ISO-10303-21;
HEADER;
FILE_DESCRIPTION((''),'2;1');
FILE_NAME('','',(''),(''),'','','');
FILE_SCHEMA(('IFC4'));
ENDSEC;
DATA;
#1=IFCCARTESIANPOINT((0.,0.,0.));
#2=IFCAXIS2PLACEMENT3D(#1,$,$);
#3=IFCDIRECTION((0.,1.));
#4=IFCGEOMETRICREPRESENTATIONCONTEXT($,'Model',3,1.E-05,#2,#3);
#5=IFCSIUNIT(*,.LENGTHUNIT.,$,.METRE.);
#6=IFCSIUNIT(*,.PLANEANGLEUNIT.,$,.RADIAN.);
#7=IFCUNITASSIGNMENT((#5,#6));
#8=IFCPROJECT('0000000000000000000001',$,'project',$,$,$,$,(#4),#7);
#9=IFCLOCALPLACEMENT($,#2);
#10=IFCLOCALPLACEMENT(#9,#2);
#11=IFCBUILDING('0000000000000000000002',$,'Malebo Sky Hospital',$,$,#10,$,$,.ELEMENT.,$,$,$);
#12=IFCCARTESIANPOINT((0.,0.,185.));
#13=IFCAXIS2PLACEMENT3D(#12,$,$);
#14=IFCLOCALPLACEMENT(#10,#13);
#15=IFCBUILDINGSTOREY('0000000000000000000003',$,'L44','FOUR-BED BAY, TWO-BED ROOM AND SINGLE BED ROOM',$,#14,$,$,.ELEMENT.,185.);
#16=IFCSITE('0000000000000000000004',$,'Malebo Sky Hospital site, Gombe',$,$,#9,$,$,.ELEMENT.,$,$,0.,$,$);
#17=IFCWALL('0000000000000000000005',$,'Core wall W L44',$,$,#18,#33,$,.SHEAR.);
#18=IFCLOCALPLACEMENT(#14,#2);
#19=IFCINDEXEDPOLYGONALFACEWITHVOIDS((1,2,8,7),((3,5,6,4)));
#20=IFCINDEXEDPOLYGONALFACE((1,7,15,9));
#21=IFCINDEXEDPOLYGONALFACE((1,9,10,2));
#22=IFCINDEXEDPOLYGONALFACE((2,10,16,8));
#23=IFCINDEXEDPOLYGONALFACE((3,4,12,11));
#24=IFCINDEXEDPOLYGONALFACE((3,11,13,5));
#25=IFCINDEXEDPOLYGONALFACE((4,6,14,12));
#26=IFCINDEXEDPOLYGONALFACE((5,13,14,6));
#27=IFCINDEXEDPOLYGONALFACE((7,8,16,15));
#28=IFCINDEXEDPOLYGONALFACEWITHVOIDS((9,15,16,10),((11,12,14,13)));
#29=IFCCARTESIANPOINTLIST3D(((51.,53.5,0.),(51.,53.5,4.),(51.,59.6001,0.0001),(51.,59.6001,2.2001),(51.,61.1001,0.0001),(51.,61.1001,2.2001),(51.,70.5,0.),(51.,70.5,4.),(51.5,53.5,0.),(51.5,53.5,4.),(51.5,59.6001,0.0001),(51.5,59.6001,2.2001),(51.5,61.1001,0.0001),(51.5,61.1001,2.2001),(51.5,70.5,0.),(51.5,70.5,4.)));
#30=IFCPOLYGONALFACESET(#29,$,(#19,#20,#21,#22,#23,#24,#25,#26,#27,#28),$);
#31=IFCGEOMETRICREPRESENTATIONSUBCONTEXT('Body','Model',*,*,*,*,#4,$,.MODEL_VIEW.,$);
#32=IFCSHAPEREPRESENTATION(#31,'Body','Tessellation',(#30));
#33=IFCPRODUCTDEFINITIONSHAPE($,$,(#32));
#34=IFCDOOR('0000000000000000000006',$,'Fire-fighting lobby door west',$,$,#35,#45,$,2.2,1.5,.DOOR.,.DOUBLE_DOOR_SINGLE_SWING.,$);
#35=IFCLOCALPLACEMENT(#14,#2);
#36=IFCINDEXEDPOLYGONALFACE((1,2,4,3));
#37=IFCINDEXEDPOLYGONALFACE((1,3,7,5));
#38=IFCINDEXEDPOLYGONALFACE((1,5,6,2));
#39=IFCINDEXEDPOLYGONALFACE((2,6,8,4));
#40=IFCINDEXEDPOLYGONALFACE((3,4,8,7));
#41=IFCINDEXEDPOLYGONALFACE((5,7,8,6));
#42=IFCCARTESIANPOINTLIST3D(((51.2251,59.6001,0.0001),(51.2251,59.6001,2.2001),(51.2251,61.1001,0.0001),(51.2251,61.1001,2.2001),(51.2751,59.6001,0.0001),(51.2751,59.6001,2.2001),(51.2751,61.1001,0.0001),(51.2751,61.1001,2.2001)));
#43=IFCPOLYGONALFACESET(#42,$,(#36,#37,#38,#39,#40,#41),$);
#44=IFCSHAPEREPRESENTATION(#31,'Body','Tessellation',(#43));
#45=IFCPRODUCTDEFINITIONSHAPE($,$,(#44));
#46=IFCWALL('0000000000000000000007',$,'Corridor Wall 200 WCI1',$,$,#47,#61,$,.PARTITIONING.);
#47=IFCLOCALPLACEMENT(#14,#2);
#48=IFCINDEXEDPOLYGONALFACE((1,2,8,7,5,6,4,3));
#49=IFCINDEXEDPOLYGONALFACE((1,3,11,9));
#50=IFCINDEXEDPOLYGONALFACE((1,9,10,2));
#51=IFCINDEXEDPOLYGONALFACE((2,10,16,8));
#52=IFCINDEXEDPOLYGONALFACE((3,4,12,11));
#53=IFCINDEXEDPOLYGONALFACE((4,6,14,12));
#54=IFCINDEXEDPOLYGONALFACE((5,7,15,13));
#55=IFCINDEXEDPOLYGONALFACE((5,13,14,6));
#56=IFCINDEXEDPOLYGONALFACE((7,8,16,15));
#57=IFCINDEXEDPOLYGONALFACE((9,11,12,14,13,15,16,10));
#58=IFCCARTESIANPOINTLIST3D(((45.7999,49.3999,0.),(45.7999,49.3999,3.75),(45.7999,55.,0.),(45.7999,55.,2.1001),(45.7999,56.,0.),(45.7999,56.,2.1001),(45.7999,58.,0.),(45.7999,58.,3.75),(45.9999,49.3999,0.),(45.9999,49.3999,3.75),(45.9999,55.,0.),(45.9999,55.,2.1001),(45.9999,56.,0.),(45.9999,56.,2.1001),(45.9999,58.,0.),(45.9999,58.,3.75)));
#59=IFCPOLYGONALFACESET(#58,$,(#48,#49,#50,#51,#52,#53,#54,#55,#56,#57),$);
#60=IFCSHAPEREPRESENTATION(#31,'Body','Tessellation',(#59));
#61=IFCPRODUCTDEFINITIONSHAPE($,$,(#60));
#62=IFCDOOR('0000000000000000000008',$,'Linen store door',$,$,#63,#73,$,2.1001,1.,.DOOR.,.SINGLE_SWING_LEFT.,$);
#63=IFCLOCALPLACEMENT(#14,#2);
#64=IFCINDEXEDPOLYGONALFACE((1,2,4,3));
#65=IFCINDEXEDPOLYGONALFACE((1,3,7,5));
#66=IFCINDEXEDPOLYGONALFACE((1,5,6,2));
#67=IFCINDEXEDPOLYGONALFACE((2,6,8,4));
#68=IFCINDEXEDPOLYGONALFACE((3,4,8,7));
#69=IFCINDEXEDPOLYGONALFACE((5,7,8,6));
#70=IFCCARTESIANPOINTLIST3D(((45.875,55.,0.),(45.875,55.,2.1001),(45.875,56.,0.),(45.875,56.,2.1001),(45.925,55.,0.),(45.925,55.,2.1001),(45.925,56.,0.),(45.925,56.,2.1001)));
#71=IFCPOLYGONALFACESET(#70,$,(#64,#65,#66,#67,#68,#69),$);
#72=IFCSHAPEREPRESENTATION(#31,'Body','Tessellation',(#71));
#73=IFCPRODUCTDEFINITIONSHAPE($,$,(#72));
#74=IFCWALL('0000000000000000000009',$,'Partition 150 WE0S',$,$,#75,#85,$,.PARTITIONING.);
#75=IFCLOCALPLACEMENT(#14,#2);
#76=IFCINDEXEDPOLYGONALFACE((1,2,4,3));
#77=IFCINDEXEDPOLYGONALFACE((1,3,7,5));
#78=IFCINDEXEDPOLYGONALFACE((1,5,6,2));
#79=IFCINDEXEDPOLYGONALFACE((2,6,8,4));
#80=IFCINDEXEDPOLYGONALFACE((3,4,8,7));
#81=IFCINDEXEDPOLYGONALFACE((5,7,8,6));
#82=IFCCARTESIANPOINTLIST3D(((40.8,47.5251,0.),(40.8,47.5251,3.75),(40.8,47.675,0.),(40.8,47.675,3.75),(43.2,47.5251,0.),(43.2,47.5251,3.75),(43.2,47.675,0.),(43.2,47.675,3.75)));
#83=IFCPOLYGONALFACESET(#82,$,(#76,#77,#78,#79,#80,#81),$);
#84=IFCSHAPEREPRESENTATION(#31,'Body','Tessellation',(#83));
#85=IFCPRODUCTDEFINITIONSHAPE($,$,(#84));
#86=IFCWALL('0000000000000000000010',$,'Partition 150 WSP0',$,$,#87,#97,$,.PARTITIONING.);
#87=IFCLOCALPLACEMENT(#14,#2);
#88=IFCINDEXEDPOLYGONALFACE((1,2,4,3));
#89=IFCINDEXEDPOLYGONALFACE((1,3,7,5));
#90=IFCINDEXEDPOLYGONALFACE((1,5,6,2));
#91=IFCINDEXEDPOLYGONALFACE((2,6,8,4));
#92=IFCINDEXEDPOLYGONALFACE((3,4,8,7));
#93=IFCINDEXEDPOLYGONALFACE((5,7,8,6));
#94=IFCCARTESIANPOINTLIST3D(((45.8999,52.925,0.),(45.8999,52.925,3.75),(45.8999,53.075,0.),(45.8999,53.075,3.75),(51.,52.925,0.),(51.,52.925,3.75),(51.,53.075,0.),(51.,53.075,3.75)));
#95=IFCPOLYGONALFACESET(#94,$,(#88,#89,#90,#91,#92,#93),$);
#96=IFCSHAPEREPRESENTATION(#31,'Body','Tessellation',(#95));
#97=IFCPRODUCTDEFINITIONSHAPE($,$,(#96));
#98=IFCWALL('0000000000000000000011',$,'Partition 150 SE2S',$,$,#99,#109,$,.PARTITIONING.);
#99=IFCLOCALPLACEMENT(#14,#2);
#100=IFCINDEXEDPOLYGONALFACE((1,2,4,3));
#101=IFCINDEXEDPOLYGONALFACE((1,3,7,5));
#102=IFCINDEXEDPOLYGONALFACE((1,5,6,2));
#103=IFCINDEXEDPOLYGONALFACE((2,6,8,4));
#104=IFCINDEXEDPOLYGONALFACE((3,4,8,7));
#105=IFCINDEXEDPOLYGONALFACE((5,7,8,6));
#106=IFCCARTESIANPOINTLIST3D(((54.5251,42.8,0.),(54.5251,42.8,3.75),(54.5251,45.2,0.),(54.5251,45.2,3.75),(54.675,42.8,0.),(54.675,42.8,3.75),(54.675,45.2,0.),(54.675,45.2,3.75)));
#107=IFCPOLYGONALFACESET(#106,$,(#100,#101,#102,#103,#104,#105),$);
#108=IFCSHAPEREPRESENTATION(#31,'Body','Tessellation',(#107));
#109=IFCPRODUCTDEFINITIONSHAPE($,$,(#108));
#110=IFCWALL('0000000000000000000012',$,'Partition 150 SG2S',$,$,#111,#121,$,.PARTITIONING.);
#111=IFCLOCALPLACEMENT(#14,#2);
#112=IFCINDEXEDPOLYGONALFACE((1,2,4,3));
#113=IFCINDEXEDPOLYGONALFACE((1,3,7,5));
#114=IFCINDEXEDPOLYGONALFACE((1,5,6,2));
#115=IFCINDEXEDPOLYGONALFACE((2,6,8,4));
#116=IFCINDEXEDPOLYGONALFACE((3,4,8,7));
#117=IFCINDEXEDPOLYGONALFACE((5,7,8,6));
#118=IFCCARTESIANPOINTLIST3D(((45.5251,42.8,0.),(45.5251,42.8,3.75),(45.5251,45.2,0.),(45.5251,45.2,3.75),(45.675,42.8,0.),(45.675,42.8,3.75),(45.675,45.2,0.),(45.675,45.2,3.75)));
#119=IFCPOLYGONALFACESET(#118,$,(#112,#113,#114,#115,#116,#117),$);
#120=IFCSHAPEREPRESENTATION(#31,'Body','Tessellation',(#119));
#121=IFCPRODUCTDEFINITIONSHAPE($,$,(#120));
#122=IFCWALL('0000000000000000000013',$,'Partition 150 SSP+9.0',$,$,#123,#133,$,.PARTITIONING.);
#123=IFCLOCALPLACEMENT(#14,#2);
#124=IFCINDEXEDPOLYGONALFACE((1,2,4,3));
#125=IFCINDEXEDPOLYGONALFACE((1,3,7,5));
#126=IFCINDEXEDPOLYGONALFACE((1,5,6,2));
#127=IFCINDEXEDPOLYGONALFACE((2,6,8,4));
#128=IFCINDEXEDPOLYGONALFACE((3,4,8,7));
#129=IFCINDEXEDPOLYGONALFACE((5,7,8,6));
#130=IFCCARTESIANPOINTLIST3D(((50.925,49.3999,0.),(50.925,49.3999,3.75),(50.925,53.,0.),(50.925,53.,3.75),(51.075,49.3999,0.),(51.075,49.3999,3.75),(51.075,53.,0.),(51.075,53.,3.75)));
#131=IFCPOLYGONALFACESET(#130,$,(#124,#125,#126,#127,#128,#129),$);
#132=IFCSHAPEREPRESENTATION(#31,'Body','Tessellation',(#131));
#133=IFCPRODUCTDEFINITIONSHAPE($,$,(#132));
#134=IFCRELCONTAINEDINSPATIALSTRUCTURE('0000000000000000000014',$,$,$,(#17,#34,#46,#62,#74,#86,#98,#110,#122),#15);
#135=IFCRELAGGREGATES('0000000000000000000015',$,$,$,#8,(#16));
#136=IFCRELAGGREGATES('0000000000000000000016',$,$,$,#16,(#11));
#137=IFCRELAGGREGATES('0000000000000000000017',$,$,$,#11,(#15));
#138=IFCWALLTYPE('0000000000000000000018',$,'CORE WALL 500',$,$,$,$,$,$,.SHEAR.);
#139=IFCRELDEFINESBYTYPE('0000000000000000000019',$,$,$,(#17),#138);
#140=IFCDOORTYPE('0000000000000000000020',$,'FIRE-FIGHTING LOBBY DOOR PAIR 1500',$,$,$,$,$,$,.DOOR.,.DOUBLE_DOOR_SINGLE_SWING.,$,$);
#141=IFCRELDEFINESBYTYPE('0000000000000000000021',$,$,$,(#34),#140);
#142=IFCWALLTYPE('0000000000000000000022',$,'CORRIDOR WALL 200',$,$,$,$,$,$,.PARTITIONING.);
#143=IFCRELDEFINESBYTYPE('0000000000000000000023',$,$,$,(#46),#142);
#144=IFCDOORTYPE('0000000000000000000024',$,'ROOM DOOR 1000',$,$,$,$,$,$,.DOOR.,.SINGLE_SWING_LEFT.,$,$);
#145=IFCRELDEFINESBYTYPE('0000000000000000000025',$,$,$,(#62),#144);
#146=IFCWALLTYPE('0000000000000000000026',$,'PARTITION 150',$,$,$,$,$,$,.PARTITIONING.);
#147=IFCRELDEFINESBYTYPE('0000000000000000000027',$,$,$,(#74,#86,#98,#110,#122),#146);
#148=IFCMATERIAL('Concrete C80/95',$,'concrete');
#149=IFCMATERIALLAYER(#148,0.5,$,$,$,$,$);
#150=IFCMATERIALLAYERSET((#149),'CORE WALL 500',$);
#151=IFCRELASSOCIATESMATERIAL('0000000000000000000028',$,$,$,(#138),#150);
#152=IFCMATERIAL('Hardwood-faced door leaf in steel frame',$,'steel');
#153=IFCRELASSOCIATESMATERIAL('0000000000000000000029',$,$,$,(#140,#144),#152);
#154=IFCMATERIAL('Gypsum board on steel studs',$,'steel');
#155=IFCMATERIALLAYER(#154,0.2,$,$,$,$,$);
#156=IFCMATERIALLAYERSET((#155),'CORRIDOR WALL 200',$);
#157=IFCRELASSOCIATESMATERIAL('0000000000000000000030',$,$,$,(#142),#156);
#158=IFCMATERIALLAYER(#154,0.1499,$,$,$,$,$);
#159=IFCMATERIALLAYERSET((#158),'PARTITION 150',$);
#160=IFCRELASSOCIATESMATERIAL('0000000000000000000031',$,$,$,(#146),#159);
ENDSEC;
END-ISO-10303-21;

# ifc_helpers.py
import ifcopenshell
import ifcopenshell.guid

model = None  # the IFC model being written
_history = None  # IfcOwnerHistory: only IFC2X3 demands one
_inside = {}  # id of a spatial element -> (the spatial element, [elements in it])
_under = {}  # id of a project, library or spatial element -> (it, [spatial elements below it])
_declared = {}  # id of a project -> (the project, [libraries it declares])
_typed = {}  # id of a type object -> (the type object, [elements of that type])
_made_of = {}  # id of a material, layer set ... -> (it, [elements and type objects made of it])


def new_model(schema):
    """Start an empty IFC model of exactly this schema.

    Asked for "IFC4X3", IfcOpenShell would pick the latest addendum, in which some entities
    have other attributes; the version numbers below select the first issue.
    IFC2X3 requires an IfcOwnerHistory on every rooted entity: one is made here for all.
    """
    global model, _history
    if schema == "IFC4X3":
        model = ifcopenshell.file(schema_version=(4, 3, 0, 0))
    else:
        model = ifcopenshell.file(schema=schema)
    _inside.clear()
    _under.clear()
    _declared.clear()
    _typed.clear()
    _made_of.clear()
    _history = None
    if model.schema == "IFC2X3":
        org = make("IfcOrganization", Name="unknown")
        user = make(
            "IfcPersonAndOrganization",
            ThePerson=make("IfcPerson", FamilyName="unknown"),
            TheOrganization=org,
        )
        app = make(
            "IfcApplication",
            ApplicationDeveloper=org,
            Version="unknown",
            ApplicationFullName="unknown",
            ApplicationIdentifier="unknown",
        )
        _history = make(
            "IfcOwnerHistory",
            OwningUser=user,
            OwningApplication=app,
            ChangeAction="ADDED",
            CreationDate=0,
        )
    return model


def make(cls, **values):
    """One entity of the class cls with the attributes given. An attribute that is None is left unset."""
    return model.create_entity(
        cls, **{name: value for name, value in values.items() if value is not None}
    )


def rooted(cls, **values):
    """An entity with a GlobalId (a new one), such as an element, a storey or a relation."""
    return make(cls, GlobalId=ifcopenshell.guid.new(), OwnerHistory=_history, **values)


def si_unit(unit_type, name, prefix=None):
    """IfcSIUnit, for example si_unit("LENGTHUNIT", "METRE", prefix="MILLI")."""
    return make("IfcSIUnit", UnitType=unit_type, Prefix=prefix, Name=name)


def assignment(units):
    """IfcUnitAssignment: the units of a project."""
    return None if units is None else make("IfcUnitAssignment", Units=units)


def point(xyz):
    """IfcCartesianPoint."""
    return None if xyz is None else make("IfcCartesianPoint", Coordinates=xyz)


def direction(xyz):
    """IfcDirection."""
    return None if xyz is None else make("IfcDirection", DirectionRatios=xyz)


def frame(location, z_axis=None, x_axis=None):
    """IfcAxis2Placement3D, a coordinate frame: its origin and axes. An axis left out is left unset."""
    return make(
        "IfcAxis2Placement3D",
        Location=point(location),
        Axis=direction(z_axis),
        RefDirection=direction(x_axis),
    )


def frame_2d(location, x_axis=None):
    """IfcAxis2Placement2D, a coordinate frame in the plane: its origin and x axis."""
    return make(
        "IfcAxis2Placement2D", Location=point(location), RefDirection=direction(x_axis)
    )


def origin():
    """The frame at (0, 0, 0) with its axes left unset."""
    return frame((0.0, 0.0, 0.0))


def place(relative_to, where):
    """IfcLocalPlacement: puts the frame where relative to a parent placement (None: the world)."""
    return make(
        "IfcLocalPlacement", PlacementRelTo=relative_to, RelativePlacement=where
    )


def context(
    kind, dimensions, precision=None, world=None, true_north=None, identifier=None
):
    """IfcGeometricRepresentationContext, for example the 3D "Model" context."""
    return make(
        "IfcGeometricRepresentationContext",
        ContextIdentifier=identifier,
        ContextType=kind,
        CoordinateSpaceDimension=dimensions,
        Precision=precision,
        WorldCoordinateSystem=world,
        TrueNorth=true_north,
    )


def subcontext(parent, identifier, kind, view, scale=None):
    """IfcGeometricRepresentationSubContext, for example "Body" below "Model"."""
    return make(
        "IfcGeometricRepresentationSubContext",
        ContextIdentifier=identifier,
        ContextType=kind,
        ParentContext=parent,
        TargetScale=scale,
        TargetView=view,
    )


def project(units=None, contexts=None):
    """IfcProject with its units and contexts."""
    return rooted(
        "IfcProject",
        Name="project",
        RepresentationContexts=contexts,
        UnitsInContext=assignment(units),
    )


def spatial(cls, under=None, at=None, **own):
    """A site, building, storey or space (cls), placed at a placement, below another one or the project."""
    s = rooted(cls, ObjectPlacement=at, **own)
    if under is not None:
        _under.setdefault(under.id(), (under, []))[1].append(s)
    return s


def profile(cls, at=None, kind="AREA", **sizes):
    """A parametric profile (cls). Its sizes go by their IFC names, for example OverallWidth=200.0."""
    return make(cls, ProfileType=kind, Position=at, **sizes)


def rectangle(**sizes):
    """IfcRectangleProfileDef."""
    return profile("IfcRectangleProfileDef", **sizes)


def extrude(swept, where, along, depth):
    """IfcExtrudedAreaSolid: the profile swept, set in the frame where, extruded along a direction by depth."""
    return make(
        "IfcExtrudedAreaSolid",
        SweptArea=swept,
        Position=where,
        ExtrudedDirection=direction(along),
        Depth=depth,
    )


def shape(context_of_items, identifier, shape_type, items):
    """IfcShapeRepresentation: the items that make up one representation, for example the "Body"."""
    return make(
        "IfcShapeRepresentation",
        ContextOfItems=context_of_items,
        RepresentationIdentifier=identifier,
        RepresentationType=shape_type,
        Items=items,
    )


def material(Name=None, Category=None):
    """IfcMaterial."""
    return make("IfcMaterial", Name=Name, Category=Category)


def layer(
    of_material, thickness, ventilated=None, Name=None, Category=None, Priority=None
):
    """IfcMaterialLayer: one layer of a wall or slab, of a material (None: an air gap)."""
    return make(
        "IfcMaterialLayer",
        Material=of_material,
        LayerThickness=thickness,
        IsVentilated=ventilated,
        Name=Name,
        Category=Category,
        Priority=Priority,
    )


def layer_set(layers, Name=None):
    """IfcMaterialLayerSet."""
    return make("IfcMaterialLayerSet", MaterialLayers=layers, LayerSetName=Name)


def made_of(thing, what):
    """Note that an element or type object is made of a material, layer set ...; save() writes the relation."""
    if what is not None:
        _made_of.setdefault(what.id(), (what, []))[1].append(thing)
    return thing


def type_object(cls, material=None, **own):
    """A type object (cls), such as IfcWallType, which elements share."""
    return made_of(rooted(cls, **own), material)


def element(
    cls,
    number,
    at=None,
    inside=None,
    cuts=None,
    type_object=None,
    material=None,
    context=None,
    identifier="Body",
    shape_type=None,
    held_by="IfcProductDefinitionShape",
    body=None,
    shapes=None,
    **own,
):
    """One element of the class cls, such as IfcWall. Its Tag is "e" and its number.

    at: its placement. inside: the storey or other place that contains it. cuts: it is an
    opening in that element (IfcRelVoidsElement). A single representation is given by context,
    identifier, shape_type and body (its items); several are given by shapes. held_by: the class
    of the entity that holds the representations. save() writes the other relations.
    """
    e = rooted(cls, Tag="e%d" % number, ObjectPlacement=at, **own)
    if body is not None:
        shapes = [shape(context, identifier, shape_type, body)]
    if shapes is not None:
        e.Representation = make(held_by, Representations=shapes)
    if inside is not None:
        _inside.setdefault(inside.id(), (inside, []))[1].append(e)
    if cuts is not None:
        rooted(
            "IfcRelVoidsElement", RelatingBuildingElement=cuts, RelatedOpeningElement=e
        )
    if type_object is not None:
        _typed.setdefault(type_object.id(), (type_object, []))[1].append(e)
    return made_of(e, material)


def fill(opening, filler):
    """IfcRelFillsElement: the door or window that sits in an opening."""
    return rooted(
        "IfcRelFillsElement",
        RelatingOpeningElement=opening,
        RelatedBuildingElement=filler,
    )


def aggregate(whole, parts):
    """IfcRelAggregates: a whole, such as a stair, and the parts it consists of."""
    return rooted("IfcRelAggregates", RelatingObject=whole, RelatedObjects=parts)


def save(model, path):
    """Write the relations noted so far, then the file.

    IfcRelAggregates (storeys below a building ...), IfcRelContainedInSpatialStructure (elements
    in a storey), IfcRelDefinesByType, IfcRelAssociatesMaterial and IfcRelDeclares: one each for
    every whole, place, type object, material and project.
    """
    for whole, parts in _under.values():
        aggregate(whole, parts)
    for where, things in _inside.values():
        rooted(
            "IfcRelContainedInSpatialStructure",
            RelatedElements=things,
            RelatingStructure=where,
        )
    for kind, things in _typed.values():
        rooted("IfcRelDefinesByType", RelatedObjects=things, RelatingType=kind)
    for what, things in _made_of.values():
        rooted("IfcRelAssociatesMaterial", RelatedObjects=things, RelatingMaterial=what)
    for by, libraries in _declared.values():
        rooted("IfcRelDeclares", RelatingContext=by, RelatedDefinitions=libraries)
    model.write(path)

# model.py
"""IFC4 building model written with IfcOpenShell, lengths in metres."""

from ifc_helpers import new_model, si_unit, direction, frame, frame_2d, origin, place, context, subcontext, project, spatial, rectangle, extrude, material, layer, layer_set, type_object, element, fill, save


model = new_model("IFC4")

# Units and contexts
model_context = context("Model", 3, precision=1e-05, world=origin(), true_north=direction((0.0, 1.0)))
body_context = subcontext(model_context, "Body", "Model", "MODEL_VIEW")
ifc_project = project(units=[si_unit("LENGTHUNIT", "METRE"), si_unit("PLANEANGLEUNIT", "RADIAN")], contexts=[model_context])

# Site, building, storey
site_placement = place(None, origin())
site = spatial("IfcSite", under=ifc_project, at=site_placement, Name="Malebo Sky Hospital site, Gombe", CompositionType="ELEMENT", RefElevation=0.0)
building_placement = place(site_placement, origin())
building = spatial("IfcBuilding", under=site, at=building_placement, Name="Malebo Sky Hospital", CompositionType="ELEMENT")
storey_placement = place(building_placement, frame((0.0, 0.0, 185.0)))
storey = spatial("IfcBuildingStorey", under=building, at=storey_placement, Name="L44", Description="FOUR-BED BAY, TWO-BED ROOM AND SINGLE BED ROOM", CompositionType="ELEMENT", Elevation=185.0)

# Walls, openings, doors
ifc_material_1 = material(Name="Concrete C80/95", Category="concrete")
ifc_layer_1 = layer(ifc_material_1, 0.5)
ifc_layer_set_1 = layer_set([ifc_layer_1], Name="CORE WALL 500")
wall_type_1 = type_object("IfcWallType", Name="CORE WALL 500", PredefinedType="SHEAR", material=ifc_layer_set_1)
ifc_material_2 = material(Name="Hardwood-faced door leaf in steel frame", Category="steel")
wall_1_placement = place(storey_placement, frame((51.25, 53.5, 0.0), z_axis=(0.0, 0.0, 1.0), x_axis=(0.0, 1.0, 0.0)))
wall_1 = element("IfcWall", 1, at=wall_1_placement, inside=storey, type_object=wall_type_1, Name="Core wall W L44", PredefinedType="SHEAR", context=body_context, shape_type="SweptSolid", body=[
    extrude(rectangle(XDim=17.0, YDim=0.5, at=frame_2d((8.5, 0.0))), origin(), (0.0, 0.0, 1.0), 4.0),
])
opening_1_placement = place(wall_1_placement, frame((6.1001, 0.0, 0.0)))
opening_1 = element("IfcOpeningElement", 2, at=opening_1_placement, cuts=wall_1, PredefinedType="OPENING", context=body_context, shape_type="SweptSolid", body=[
    extrude(rectangle(XDim=1.5, YDim=2.2, at=frame_2d((0.75, 1.1001))), frame((0.0, 0.26, 0.0), z_axis=(0.0, -1.0, 0.0), x_axis=(1.0, 0.0, 0.0)), (0.0, 0.0, 1.0), 0.52),
])
door_type_1 = type_object("IfcDoorType", Name="FIRE-FIGHTING LOBBY DOOR PAIR 1500", OperationType="DOUBLE_DOOR_SINGLE_SWING", PredefinedType="DOOR", material=ifc_material_2)
door_1_placement = place(opening_1_placement, origin())
door_1 = element("IfcDoor", 3, at=door_1_placement, inside=storey, type_object=door_type_1, Name="Fire-fighting lobby door west", OperationType="DOUBLE_DOOR_SINGLE_SWING", OverallHeight=2.2, OverallWidth=1.5, PredefinedType="DOOR", context=body_context, shape_type="SweptSolid", body=[
    extrude(rectangle(XDim=1.5, YDim=2.2, at=frame_2d((0.75, 1.1001))), frame((0.0, 0.0249, 0.0), z_axis=(0.0, -1.0, 0.0), x_axis=(1.0, 0.0, 0.0)), (0.0, 0.0, 1.0), 0.05),
])
fill(opening_1, door_1)
ifc_material_3 = material(Name="Gypsum board on steel studs", Category="steel")
ifc_layer_2 = layer(ifc_material_3, 0.2)
ifc_layer_set_2 = layer_set([ifc_layer_2], Name="CORRIDOR WALL 200")
wall_type_2 = type_object("IfcWallType", Name="CORRIDOR WALL 200", PredefinedType="PARTITIONING", material=ifc_layer_set_2)
wall_2_placement = place(storey_placement, frame((45.8999, 49.3999, 0.0), z_axis=(0.0, 0.0, 1.0), x_axis=(0.0, 1.0, 0.0)))
wall_2 = element("IfcWall", 4, at=wall_2_placement, inside=storey, type_object=wall_type_2, Name="Corridor Wall 200 WCI1", PredefinedType="PARTITIONING", context=body_context, shape_type="SweptSolid", body=[
    extrude(rectangle(XDim=8.6001, YDim=0.2, at=frame_2d((4.3, 0.0))), origin(), (0.0, 0.0, 1.0), 3.75),
])
opening_2_placement = place(wall_2_placement, frame((5.6001, 0.0, 0.0)))
opening_2 = element("IfcOpeningElement", 5, at=opening_2_placement, cuts=wall_2, PredefinedType="OPENING", context=body_context, shape_type="SweptSolid", body=[
    extrude(rectangle(XDim=1.0, YDim=2.1001, at=frame_2d((0.5, 1.05))), frame((0.0, 0.1099, 0.0), z_axis=(0.0, -1.0, 0.0), x_axis=(1.0, 0.0, 0.0)), (0.0, 0.0, 1.0), 0.22),
])
door_type_2 = type_object("IfcDoorType", Name="ROOM DOOR 1000", OperationType="SINGLE_SWING_LEFT", PredefinedType="DOOR", material=ifc_material_2)
door_2_placement = place(opening_2_placement, origin())
door_2 = element("IfcDoor", 6, at=door_2_placement, inside=storey, type_object=door_type_2, Name="Linen store door", OperationType="SINGLE_SWING_LEFT", OverallHeight=2.1001, OverallWidth=1.0, PredefinedType="DOOR", context=body_context, shape_type="SweptSolid", body=[
    extrude(rectangle(XDim=1.0, YDim=2.1001, at=frame_2d((0.5, 1.05))), frame((0.0, 0.0249, 0.0), z_axis=(0.0, -1.0, 0.0), x_axis=(1.0, 0.0, 0.0)), (0.0, 0.0, 1.0), 0.05),
])
fill(opening_2, door_2)

# Walls
ifc_layer_3 = layer(ifc_material_3, 0.1499)
ifc_layer_set_3 = layer_set([ifc_layer_3], Name="PARTITION 150")
wall_type_3 = type_object("IfcWallType", Name="PARTITION 150", PredefinedType="PARTITIONING", material=ifc_layer_set_3)
wall_3_placement = place(storey_placement, frame((43.2, 47.6001, 0.0), z_axis=(0.0, 0.0, 1.0), x_axis=(-1.0, 0.0, 0.0)))
element("IfcWall", 7, at=wall_3_placement, inside=storey, type_object=wall_type_3, Name="Partition 150 WE0S", PredefinedType="PARTITIONING", context=body_context, shape_type="SweptSolid", body=[
    extrude(rectangle(XDim=2.3999, YDim=0.1499, at=frame_2d((1.2, 0.0))), origin(), (0.0, 0.0, 1.0), 3.75),
])
wall_4_placement = place(storey_placement, frame((51.0, 53.0, 0.0), z_axis=(0.0, 0.0, 1.0), x_axis=(-1.0, 0.0, 0.0)))
element("IfcWall", 8, at=wall_4_placement, inside=storey, type_object=wall_type_3, Name="Partition 150 WSP0", PredefinedType="PARTITIONING", context=body_context, shape_type="SweptSolid", body=[
    extrude(rectangle(XDim=5.1001, YDim=0.1499, at=frame_2d((2.55, 0.0))), origin(), (0.0, 0.0, 1.0), 3.75),
])
for number, where, z_axis, x_axis, name in (
    (9, (54.6001, 45.2, 0.0), (0.0, 0.0, 1.0), (0.0, -1.0, 0.0), "Partition 150 SE2S"),
    (10, (45.6001, 45.2, 0.0), (0.0, 0.0, 1.0), (0.0, -1.0, 0.0), "Partition 150 SG2S"),
):
    element("IfcWall", number, at=place(storey_placement, frame(where, z_axis=z_axis, x_axis=x_axis)), inside=storey, type_object=wall_type_3, Name=name, PredefinedType="PARTITIONING", context=body_context, shape_type="SweptSolid", body=[
        extrude(rectangle(XDim=2.3999, YDim=0.1499, at=frame_2d((1.2, 0.0))), origin(), (0.0, 0.0, 1.0), 3.75),
    ])
wall_5_placement = place(storey_placement, frame((51.0, 53.0, 0.0), z_axis=(0.0, 0.0, 1.0), x_axis=(0.0, -1.0, 0.0)))
element("IfcWall", 11, at=wall_5_placement, inside=storey, type_object=wall_type_3, Name="Partition 150 SSP+9.0", PredefinedType="PARTITIONING", context=body_context, shape_type="SweptSolid", body=[
    extrude(rectangle(XDim=3.6001, YDim=0.1499, at=frame_2d((1.8, 0.0))), origin(), (0.0, 0.0, 1.0), 3.75),
])

save(model, "model.ifc")
